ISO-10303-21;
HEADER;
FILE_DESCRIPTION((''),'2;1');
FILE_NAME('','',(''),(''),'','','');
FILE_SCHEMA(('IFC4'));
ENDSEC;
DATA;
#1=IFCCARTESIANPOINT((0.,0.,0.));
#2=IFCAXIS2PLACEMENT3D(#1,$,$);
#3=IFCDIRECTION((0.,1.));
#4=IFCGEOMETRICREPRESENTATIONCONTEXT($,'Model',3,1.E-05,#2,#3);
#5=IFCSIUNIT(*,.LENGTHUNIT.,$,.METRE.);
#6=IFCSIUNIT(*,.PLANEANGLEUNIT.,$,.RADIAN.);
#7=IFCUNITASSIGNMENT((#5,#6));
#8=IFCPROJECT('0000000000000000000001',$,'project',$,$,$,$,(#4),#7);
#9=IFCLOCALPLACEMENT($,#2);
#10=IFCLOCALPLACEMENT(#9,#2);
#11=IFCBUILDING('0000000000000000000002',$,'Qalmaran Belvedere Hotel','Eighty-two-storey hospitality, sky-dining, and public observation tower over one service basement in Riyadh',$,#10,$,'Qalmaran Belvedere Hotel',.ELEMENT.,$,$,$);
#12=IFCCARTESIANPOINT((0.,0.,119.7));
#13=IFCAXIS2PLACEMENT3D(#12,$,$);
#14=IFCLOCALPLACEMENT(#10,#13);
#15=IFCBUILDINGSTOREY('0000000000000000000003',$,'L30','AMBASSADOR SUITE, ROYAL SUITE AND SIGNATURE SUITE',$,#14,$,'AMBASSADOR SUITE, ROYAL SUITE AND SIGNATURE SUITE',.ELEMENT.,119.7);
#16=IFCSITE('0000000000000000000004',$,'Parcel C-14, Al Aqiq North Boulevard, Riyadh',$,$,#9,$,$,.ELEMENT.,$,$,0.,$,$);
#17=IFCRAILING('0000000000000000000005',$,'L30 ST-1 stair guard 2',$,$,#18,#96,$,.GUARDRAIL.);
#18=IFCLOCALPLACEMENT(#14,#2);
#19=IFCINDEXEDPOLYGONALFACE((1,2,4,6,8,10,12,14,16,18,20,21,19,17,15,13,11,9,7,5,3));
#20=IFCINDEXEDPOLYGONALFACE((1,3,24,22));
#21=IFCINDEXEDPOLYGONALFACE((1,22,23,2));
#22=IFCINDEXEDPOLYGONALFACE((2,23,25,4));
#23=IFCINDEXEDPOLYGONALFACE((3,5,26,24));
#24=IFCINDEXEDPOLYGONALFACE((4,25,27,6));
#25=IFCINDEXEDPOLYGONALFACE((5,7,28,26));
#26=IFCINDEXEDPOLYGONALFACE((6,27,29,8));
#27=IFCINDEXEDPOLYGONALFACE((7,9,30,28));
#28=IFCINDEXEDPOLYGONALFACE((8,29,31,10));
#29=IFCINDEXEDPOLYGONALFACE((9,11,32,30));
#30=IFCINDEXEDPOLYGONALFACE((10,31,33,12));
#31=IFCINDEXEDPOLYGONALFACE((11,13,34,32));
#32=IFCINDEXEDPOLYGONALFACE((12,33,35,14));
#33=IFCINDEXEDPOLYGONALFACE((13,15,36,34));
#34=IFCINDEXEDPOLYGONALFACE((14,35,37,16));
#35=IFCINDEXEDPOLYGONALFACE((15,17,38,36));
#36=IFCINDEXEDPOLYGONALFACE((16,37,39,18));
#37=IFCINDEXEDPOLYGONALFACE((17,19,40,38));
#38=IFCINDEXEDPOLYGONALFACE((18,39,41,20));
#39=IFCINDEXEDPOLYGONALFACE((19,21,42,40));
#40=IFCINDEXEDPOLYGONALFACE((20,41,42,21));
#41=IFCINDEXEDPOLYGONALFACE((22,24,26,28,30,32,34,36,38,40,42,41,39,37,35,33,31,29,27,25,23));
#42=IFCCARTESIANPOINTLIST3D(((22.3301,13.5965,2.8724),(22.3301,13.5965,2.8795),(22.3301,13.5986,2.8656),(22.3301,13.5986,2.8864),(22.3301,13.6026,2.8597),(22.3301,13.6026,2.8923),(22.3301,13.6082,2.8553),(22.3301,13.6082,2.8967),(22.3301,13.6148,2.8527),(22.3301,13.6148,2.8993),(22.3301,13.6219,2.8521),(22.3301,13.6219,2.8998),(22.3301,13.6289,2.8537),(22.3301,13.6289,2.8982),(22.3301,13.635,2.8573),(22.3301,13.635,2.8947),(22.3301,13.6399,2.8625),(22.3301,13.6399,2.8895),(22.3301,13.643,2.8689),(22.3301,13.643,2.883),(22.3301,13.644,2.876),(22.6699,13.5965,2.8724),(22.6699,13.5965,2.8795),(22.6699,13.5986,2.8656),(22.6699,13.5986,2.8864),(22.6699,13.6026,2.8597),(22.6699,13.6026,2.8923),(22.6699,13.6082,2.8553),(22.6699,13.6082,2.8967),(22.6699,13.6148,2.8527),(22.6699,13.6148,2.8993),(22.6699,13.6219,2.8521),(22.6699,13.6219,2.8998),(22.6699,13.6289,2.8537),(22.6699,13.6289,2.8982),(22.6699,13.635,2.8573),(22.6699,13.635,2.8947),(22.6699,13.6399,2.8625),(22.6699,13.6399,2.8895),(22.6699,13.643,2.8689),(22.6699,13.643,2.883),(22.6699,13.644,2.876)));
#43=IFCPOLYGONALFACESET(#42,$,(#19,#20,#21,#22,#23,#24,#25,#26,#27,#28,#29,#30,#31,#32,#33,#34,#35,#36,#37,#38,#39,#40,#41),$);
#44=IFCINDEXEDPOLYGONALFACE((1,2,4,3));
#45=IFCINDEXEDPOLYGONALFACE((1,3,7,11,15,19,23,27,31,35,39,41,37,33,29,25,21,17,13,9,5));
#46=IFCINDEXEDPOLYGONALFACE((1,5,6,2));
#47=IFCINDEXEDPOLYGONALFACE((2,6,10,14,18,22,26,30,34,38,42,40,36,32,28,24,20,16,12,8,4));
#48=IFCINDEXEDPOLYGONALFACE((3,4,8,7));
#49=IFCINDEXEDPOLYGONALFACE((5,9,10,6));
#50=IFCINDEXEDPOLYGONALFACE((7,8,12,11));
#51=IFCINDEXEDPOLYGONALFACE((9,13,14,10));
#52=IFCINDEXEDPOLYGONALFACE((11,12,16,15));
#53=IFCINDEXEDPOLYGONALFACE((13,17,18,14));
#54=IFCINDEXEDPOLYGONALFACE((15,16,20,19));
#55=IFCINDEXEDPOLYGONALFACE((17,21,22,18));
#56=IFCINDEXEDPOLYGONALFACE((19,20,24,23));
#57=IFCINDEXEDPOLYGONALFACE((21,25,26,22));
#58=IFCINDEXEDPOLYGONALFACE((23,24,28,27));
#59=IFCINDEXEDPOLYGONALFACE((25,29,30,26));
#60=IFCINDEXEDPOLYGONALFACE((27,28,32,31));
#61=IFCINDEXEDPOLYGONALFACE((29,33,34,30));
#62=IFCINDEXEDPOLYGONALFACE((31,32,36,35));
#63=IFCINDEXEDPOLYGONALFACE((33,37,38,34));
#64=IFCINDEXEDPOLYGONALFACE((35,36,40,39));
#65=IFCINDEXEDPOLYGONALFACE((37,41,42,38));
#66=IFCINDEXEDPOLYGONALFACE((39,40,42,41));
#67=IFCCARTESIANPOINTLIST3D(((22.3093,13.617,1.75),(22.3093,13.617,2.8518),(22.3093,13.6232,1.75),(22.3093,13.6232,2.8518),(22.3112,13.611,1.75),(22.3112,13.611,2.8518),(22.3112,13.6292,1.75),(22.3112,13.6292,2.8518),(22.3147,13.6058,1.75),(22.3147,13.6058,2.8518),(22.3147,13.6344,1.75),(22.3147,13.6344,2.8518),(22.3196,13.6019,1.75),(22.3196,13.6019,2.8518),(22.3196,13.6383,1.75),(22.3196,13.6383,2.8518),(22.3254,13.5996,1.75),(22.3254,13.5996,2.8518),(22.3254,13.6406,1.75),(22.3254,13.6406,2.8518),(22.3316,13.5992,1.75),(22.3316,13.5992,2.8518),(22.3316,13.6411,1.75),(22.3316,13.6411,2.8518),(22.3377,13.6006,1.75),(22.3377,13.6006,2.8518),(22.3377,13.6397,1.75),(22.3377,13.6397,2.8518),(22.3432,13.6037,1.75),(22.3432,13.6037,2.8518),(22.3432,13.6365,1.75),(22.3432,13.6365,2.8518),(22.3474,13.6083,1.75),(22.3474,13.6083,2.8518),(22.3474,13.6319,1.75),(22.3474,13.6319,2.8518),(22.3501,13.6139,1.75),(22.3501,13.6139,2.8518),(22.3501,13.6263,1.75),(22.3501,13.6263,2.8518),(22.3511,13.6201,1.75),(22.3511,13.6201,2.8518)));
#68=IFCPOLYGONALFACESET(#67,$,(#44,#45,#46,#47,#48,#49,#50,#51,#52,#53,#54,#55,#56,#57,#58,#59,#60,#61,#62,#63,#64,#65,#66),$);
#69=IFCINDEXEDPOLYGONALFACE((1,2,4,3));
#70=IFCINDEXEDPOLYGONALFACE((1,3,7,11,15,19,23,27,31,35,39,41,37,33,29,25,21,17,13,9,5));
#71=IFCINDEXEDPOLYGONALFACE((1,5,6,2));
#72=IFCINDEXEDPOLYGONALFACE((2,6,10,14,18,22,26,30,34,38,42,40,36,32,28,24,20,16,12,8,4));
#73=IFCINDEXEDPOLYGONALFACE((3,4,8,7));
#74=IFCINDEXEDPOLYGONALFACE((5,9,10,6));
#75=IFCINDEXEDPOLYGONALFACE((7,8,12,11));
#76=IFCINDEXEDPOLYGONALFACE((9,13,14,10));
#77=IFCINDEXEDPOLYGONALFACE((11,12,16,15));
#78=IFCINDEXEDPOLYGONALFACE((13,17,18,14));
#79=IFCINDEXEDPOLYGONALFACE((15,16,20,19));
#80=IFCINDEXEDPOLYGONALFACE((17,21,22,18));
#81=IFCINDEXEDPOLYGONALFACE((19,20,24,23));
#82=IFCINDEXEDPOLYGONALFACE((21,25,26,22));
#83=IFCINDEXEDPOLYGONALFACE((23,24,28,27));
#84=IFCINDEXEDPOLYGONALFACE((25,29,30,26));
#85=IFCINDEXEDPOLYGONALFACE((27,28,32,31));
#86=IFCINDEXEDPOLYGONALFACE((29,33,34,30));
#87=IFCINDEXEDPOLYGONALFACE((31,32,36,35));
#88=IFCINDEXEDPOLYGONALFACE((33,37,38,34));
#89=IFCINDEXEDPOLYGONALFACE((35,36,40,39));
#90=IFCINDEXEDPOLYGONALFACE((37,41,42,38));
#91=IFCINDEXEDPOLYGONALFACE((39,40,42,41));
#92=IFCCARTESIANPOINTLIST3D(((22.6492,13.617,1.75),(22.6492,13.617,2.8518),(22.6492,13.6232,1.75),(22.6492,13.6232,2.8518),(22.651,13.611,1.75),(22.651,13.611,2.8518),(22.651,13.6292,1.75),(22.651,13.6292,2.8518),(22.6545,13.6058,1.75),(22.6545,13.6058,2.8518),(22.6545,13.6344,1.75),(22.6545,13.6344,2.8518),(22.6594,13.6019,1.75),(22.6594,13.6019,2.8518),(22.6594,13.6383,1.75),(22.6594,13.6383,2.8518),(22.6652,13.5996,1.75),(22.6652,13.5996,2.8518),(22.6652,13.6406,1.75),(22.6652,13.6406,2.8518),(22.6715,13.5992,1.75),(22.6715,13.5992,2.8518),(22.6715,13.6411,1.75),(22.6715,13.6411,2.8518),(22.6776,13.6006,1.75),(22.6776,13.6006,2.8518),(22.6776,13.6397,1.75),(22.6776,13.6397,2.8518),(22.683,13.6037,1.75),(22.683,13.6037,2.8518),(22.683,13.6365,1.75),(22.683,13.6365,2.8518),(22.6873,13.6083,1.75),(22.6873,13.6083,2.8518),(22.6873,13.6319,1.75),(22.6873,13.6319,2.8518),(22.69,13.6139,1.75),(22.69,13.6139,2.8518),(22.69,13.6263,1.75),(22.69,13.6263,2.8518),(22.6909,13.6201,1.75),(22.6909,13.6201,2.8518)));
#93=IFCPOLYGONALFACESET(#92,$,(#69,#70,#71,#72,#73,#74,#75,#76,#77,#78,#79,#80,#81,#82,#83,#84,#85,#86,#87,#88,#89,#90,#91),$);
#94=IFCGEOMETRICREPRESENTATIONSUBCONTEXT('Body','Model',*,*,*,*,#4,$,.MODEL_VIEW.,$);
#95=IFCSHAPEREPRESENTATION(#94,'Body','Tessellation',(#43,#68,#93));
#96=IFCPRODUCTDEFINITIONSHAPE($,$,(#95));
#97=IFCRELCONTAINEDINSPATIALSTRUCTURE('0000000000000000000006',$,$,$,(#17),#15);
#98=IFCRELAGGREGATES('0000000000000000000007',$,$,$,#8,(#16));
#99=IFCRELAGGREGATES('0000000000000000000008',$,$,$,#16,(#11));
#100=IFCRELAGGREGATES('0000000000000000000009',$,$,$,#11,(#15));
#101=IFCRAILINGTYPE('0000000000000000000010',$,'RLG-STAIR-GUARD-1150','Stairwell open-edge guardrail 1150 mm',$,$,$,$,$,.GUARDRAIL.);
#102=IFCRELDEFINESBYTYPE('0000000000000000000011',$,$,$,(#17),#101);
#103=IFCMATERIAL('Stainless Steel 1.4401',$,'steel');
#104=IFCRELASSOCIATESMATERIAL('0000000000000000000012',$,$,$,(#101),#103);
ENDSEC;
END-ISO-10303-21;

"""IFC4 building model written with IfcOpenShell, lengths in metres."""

from ifc_helpers import new_model, si_unit, direction, frame, origin, origin_2d, place, context, subcontext, project, spatial, circle, extrude, material, type_object, element, save


model = new_model("IFC4")

# Units and contexts
model_context = context("Model", 3, precision=1e-05, world=origin(), true_north=direction((0.0, 1.0)))
body_context = subcontext(model_context, "Body", "Model", "MODEL_VIEW")
ifc_project = project(units=[si_unit("LENGTHUNIT", "METRE"), si_unit("PLANEANGLEUNIT", "RADIAN")], contexts=[model_context])

# Site, building, storey
site_placement = place(None, origin())
site = spatial("IfcSite", under=ifc_project, at=site_placement, Name="Parcel C-14, Al Aqiq North Boulevard, Riyadh", CompositionType="ELEMENT", RefElevation=0.0)
building_placement = place(site_placement, origin())
building = spatial("IfcBuilding", under=site, at=building_placement, Name="Qalmaran Belvedere Hotel", Description="Eighty-two-storey hospitality, sky-dining, and public observation tower over one service basement in Riyadh", LongName="Qalmaran Belvedere Hotel", CompositionType="ELEMENT")
storey_placement = place(building_placement, frame((0.0, 0.0, 119.7)))
storey = spatial("IfcBuildingStorey", under=building, at=storey_placement, Name="L30", Description="AMBASSADOR SUITE, ROYAL SUITE AND SIGNATURE SUITE", LongName="AMBASSADOR SUITE, ROYAL SUITE AND SIGNATURE SUITE", CompositionType="ELEMENT", Elevation=119.7)

# Shared definitions
ifc_material_1 = material(Name="Stainless Steel 1.4401", Category="steel")

# Railing
railing_type_1 = type_object("IfcRailingType", Name="RLG-STAIR-GUARD-1150", Description="Stairwell open-edge guardrail 1150 mm", PredefinedType="GUARDRAIL", material=ifc_material_1)
railing_1_placement = place(storey_placement, frame((22.3301, 13.6201, 1.75)))
element("IfcRailing", 1, at=railing_1_placement, inside=storey, type_object=railing_type_1, Name="L30 ST-1 stair guard 2", PredefinedType="GUARDRAIL", context=body_context, shape_type="SweptSolid", body=[
    extrude(circle(Radius=0.0239, at=origin_2d()), frame((0.0, 0.0, 1.126), z_axis=(1.0, 0.0, 0.0), x_axis=(0.0, 1.0, 0.0)), (0.0, 0.0, 1.0), 0.3398),
    extrude(circle(Radius=0.021, at=origin_2d()), origin(), (0.0, 0.0, 1.0), 1.1018),
    extrude(circle(Radius=0.021, at=origin_2d()), frame((0.3398, 0.0, 0.0)), (0.0, 0.0, 1.0), 1.1018),
])

save(model, "model.ifc")
